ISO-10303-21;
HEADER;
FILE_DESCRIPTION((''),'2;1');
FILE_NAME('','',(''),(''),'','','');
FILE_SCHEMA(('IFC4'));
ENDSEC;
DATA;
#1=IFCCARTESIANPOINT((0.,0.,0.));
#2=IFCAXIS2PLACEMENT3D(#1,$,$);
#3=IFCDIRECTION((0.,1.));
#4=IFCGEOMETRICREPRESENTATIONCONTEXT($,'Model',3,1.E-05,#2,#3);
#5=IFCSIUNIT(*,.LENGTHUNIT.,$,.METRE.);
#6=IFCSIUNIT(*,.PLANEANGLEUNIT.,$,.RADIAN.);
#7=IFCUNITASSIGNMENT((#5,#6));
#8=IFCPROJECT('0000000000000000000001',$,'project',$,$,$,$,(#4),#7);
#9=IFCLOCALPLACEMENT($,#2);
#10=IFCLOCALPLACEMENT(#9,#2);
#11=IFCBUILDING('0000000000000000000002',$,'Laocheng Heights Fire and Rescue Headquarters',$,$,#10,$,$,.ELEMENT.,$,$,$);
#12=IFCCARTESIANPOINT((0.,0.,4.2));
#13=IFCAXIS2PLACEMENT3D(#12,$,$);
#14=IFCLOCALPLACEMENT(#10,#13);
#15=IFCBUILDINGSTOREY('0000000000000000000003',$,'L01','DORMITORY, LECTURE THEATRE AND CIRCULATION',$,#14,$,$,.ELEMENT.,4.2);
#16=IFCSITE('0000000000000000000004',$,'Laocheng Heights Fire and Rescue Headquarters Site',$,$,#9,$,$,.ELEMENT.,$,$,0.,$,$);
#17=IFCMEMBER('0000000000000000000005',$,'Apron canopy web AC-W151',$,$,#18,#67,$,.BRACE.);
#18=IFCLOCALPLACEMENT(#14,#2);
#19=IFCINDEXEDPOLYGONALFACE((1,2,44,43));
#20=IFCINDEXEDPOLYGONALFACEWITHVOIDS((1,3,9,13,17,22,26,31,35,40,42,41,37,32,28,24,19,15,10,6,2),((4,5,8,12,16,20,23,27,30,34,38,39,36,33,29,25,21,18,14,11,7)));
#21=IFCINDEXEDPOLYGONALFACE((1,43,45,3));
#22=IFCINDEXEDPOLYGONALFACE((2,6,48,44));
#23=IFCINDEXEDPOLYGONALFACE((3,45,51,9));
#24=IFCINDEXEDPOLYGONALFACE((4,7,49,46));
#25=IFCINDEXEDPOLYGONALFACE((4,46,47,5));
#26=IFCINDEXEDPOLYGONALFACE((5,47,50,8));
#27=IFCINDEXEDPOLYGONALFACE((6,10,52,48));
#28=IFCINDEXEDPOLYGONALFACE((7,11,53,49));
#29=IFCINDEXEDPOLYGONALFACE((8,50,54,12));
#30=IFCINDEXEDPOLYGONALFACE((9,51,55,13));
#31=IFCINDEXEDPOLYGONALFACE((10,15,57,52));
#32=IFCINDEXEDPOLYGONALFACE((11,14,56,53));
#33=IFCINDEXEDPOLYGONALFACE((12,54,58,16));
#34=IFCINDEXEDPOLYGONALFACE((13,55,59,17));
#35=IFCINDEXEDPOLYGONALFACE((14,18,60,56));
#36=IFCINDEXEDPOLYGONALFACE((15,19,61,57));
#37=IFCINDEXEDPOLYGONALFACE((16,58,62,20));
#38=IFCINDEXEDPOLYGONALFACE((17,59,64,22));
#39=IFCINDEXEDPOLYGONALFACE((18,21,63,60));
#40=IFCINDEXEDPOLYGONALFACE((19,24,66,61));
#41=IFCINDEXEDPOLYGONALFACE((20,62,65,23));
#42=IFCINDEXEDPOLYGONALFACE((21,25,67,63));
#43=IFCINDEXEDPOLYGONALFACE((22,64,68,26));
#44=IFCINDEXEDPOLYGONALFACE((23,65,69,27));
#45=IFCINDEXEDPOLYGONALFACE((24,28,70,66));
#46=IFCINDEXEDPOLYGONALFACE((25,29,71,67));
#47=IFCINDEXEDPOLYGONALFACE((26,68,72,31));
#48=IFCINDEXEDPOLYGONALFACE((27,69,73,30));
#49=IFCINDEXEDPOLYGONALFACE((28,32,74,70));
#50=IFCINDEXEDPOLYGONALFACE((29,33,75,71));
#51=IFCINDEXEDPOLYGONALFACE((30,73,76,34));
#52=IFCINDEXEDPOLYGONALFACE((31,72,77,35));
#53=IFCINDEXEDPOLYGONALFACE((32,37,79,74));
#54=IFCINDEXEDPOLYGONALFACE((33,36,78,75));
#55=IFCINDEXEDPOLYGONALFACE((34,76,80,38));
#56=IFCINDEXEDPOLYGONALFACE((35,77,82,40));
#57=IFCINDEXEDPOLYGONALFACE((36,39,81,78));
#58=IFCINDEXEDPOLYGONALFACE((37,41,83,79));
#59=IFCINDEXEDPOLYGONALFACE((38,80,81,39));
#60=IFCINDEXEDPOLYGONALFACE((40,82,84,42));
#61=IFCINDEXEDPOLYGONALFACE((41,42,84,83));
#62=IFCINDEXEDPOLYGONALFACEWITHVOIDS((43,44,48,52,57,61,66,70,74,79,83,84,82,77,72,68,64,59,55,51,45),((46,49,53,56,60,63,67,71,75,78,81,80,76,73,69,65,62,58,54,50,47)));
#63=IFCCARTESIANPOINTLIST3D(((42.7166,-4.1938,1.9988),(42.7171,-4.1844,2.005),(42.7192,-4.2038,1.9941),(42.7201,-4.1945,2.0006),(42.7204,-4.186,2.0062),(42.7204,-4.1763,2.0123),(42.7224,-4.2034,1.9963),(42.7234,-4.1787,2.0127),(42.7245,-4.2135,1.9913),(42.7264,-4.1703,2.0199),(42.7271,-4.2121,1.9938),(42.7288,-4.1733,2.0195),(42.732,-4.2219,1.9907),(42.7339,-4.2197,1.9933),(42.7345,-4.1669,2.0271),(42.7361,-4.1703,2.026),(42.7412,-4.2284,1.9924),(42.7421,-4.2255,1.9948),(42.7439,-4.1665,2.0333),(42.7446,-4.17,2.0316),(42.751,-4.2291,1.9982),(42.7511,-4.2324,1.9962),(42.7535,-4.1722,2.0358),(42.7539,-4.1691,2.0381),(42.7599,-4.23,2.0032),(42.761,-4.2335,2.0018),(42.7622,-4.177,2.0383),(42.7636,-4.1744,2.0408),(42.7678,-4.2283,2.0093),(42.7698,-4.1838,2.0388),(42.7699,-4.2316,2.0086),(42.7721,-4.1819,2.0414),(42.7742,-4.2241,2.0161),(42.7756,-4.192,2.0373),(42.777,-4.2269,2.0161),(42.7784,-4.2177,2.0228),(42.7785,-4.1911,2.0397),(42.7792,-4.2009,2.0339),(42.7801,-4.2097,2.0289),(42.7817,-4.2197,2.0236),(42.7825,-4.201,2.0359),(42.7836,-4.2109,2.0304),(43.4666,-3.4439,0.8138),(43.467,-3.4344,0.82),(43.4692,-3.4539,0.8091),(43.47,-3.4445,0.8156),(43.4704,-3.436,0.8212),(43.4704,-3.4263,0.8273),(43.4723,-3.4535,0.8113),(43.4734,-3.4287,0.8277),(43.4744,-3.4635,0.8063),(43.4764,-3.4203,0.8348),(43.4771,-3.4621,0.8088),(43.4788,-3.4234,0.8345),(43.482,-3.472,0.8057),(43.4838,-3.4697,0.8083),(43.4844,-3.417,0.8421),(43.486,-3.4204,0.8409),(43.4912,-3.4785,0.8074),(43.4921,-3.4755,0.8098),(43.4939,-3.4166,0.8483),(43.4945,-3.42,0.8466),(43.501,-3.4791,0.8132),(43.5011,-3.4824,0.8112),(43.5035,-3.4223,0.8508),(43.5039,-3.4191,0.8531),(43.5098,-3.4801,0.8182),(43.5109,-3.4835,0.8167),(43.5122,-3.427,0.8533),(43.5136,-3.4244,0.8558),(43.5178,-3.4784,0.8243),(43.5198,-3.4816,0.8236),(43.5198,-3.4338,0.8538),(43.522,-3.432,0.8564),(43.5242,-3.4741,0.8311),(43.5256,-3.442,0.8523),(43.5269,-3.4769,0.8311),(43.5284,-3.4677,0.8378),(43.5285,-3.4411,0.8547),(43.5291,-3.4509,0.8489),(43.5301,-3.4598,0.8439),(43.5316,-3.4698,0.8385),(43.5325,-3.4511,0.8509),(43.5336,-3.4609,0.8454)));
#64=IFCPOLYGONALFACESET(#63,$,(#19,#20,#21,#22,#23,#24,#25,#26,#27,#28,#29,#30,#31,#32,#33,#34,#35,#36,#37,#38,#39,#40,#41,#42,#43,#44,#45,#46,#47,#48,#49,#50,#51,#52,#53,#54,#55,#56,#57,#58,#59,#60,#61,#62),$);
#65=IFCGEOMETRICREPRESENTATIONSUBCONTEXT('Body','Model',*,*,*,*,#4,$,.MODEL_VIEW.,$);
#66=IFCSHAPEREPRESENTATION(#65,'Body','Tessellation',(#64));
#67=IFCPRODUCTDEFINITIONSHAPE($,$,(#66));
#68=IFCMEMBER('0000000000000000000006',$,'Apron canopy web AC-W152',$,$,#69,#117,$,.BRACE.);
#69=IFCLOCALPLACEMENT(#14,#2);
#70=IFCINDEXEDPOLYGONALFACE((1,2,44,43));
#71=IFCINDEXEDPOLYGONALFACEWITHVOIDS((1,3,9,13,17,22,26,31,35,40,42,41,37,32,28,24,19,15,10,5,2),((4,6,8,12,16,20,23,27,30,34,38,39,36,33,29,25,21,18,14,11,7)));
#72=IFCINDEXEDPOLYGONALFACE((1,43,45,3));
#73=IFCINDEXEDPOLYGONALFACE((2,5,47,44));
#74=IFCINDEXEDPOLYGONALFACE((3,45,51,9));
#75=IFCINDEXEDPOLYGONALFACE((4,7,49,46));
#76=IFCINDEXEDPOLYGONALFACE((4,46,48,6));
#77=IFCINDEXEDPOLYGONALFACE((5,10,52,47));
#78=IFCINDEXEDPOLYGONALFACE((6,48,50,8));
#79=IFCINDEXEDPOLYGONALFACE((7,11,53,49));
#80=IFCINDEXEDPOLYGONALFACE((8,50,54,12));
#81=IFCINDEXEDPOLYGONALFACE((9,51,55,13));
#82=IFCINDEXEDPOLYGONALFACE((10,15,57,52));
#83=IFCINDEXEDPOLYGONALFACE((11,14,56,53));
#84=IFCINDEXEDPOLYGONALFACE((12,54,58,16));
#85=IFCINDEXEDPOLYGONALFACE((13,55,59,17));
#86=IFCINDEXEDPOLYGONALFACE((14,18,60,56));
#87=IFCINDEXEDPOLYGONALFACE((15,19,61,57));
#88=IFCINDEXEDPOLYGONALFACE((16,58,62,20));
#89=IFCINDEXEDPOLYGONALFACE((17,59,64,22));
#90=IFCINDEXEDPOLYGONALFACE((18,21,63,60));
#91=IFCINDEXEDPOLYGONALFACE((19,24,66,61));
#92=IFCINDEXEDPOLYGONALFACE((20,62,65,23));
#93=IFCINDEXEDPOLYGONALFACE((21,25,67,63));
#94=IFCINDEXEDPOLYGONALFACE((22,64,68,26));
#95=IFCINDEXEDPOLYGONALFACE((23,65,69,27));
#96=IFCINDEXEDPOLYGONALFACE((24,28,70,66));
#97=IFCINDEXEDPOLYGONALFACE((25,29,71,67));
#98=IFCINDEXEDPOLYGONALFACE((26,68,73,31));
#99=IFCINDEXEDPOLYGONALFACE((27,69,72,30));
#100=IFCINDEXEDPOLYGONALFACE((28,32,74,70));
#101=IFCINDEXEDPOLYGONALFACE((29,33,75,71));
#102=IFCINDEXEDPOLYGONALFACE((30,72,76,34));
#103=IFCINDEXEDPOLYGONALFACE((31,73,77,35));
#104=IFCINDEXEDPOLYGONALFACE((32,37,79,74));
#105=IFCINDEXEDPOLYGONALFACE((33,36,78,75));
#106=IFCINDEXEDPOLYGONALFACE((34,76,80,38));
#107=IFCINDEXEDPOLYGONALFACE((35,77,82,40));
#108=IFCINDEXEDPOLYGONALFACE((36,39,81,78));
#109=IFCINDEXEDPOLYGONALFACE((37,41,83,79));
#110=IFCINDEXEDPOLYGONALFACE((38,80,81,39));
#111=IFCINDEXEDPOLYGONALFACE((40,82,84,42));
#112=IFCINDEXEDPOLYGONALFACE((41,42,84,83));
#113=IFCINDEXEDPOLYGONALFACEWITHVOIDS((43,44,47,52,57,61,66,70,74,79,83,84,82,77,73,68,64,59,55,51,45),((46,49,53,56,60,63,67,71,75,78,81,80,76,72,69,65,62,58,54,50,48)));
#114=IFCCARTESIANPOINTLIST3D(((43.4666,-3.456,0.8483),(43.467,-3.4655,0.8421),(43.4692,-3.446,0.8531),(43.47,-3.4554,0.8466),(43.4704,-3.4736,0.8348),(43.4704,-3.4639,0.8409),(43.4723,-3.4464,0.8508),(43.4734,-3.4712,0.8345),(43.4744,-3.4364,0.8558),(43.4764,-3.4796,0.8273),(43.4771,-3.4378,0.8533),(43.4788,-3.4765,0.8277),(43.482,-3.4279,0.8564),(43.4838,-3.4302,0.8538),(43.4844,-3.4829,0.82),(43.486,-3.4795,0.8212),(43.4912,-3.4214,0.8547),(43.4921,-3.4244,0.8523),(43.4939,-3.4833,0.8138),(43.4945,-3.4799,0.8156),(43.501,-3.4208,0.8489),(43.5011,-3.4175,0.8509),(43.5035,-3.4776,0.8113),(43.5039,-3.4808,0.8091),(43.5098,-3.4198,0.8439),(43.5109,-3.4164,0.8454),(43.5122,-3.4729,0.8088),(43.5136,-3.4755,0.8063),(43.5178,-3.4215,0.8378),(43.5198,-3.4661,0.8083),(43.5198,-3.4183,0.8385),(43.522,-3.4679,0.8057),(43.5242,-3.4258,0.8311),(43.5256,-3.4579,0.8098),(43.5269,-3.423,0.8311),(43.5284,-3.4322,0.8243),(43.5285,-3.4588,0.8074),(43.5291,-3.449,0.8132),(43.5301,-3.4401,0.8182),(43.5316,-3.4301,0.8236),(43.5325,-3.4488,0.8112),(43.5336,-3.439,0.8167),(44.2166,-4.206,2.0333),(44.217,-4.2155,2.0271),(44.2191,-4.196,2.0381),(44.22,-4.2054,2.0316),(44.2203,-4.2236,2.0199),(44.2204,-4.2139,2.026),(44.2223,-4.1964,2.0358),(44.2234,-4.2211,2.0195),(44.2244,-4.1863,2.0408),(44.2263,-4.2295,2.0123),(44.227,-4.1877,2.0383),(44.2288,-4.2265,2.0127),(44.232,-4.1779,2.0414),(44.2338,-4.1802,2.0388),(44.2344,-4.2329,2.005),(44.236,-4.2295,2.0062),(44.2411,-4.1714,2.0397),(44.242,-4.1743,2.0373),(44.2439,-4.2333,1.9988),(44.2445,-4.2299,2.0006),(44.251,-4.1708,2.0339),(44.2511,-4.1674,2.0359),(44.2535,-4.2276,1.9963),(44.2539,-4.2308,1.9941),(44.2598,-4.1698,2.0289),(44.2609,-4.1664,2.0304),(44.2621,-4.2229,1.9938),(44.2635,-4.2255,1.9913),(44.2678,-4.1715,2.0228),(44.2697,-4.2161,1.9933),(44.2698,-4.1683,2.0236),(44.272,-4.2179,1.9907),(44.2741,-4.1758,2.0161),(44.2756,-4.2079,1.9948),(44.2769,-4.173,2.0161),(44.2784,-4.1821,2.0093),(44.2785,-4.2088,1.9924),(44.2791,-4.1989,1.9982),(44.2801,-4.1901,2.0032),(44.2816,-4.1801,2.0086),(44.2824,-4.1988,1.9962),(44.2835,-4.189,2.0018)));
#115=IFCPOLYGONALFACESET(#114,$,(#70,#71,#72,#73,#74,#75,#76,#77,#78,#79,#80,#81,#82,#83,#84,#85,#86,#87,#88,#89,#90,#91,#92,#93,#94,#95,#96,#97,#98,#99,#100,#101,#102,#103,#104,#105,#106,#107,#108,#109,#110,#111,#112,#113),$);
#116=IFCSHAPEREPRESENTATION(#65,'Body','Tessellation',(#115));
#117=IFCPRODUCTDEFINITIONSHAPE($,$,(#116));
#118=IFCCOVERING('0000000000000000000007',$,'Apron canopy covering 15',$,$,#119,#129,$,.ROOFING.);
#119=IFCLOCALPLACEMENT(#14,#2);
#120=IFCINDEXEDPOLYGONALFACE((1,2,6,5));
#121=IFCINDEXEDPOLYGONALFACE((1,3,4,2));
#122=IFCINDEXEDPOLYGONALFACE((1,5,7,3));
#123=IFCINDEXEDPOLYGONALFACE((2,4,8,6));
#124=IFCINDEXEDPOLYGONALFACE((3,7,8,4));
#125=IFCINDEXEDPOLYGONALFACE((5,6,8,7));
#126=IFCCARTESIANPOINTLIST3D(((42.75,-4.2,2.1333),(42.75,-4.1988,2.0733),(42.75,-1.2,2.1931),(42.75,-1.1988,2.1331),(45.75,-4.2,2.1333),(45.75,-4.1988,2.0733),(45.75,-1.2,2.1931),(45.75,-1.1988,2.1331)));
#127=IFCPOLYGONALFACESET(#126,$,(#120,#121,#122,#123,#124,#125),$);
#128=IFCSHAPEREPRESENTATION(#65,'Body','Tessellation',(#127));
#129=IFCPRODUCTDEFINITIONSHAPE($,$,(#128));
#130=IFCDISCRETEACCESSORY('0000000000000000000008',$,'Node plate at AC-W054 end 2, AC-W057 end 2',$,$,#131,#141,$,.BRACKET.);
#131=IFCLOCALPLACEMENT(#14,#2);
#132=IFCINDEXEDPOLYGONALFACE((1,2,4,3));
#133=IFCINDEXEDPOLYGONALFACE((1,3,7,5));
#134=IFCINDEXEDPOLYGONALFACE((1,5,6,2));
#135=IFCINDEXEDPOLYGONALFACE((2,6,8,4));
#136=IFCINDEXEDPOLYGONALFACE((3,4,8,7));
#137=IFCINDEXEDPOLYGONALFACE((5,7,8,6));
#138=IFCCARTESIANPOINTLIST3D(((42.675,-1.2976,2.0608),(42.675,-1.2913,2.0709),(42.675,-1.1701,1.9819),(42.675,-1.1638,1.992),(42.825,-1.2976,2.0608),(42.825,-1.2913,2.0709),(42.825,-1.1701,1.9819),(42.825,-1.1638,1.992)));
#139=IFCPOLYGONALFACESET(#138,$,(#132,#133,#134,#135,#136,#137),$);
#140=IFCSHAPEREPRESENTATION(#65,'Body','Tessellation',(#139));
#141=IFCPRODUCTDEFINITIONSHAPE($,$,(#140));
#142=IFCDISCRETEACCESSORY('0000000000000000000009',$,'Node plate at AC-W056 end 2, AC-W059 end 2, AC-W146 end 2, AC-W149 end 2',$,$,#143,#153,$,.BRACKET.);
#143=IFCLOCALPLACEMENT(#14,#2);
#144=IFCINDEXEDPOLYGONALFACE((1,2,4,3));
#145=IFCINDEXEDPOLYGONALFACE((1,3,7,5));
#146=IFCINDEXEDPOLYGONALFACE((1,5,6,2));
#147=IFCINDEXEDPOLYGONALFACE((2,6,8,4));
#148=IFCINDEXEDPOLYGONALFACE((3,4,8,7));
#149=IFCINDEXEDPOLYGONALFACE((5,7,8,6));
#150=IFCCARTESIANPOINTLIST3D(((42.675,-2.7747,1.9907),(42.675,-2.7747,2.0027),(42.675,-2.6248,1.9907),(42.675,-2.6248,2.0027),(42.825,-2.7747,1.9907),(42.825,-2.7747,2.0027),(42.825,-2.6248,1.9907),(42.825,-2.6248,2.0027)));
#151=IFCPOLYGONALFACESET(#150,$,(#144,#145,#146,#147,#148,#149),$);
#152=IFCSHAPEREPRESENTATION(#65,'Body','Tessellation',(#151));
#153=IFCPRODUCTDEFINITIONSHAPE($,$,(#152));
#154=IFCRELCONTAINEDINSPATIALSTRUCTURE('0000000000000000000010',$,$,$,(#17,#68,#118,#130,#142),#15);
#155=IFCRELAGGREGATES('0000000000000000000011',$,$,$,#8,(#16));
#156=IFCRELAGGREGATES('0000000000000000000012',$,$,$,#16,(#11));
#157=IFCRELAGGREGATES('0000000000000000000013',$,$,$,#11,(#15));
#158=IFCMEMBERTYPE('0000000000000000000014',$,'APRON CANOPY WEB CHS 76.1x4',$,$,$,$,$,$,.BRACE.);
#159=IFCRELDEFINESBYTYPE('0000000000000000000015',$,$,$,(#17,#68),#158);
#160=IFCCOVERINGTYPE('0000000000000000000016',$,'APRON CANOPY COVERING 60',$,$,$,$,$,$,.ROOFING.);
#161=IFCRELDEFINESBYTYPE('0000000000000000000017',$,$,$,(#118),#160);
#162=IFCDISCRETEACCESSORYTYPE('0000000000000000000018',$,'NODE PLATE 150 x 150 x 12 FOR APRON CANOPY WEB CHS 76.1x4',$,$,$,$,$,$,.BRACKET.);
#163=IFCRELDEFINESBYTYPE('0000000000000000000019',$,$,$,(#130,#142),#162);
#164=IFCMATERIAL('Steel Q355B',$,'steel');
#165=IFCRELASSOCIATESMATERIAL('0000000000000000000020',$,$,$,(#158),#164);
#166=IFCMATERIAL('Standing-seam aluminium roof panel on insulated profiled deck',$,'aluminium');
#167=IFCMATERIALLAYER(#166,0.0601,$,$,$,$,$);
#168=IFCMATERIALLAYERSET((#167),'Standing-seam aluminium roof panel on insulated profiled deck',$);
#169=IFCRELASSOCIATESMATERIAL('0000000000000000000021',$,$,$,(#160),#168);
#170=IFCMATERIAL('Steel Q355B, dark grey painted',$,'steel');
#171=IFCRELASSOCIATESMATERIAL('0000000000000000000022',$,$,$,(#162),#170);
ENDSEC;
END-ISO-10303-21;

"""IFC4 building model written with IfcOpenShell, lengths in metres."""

from ifc_helpers import new_model, si_unit, direction, frame, origin, origin_2d, place, context, subcontext, project, spatial, polyline, rectangle, hollow_circle, outline, extrude, material, layer, layer_set, material_profile, profile_set, type_object, element, save


model = new_model("IFC4")

# Units and contexts
model_context = context("Model", 3, precision=1e-05, world=origin(), true_north=direction((0.0, 1.0)))
body_context = subcontext(model_context, "Body", "Model", "MODEL_VIEW")
ifc_project = project(units=[si_unit("LENGTHUNIT", "METRE"), si_unit("PLANEANGLEUNIT", "RADIAN")], contexts=[model_context])

# Site, building, storey
site_placement = place(None, origin())
site = spatial("IfcSite", under=ifc_project, at=site_placement, Name="Laocheng Heights Fire and Rescue Headquarters Site", CompositionType="ELEMENT", RefElevation=0.0)
building_placement = place(site_placement, origin())
building = spatial("IfcBuilding", under=site, at=building_placement, Name="Laocheng Heights Fire and Rescue Headquarters", CompositionType="ELEMENT")
storey_placement = place(building_placement, frame((0.0, 0.0, 4.2)))
storey = spatial("IfcBuildingStorey", under=building, at=storey_placement, Name="L01", Description="DORMITORY, LECTURE THEATRE AND CIRCULATION", CompositionType="ELEMENT", Elevation=4.2)

# Members
ifc_material_1 = material(Name="Steel Q355B", Category="steel")
ifc_material_profile_1 = material_profile(ifc_material_1, hollow_circle(Radius=0.0381, WallThickness=0.0039, at=origin_2d()), Name="CHS 76.1x4")
ifc_profile_set_1 = profile_set([ifc_material_profile_1], Name="Steel Q355B")
member_type_1 = type_object("IfcMemberType", Name="APRON CANOPY WEB CHS 76.1x4", PredefinedType="BRACE", material=ifc_profile_set_1)
for number, where, z_axis, x_axis, name in (
    (1, (43.5, -3.45, 0.8311), (-0.47158, -0.47158, 0.745134), (0.707107, -0.707107, 0.0), "Apron canopy web AC-W151"),
    (2, (43.5, -3.45, 0.8311), (0.47158, -0.47158, 0.745134), (0.707107, 0.707107, 0.0), "Apron canopy web AC-W152"),
):
    element("IfcMember", number, at=place(storey_placement, frame(where, z_axis=z_axis, x_axis=x_axis)), inside=storey, type_object=member_type_1, Name=name, PredefinedType="BRACE", context=body_context, shape_type="SweptSolid", body=[
        extrude(hollow_circle(Radius=0.0381, WallThickness=0.0039, at=origin_2d()), origin(), (0.0, 0.0, 1.0), 1.5903),
    ])

# Covering
ifc_material_2 = material(Name="Standing-seam aluminium roof panel on insulated profiled deck", Category="aluminium")
ifc_layer = layer(ifc_material_2, 0.0601)
ifc_layer_set = layer_set([ifc_layer], Name="Standing-seam aluminium roof panel on insulated profiled deck")
covering_type = type_object("IfcCoveringType", Name="APRON CANOPY COVERING 60", PredefinedType="ROOFING", material=ifc_layer_set)
covering_placement = place(storey_placement, frame((42.75, -1.2, 2.1931), z_axis=(0.0, -0.019934, 0.999801), x_axis=(1.0, 0.0, 0.0)))
element("IfcCovering", 3, at=covering_placement, inside=storey, type_object=covering_type, Name="Apron canopy covering 15", PredefinedType="ROOFING", context=body_context, shape_type="SweptSolid", body=[
    extrude(outline(polyline([(0.0, 0.0), (3.0, 0.0), (3.0, -3.0006), (0.0, -3.0006), (0.0, 0.0)])), origin(), (0.0, 0.0, -1.0), 0.0601),
])

# Discrete accessories
ifc_material_3 = material(Name="Steel Q355B, dark grey painted", Category="steel")
ifc_material_profile_2 = material_profile(ifc_material_3, rectangle(XDim=0.1499, YDim=0.1499, at=origin_2d()), Name="NODE PLATE 150 x 150 x 12 FOR APRON CANOPY WEB CHS 76.1x4")
ifc_profile_set_2 = profile_set([ifc_material_profile_2], Name="Steel Q355B, dark grey painted")
discrete_accessory_type = type_object("IfcDiscreteAccessoryType", Name="NODE PLATE 150 x 150 x 12 FOR APRON CANOPY WEB CHS 76.1x4", PredefinedType="BRACKET", material=ifc_profile_set_2)
for number, where, z_axis, x_axis, name in (
    (4, (42.75, -1.2275, 2.0315), (0.0, -0.526355, -0.850265), (1.0, 0.0, 0.0), "Node plate at AC-W054 end 2, AC-W057 end 2"),
    (5, (42.75, -2.6997, 2.0027), (0.0, 0.0, -1.0), (1.0, 0.0, 0.0), "Node plate at AC-W056 end 2, AC-W059 end 2, AC-W146 end 2, AC-W149 end 2"),
):
    element("IfcDiscreteAccessory", number, at=place(storey_placement, frame(where, z_axis=z_axis, x_axis=x_axis)), inside=storey, type_object=discrete_accessory_type, Name=name, PredefinedType="BRACKET", context=body_context, shape_type="SweptSolid", body=[
        extrude(rectangle(XDim=0.1499, YDim=0.1499, at=origin_2d()), origin(), (0.0, 0.0, 1.0), 0.012),
    ])

save(model, "model.ifc")
